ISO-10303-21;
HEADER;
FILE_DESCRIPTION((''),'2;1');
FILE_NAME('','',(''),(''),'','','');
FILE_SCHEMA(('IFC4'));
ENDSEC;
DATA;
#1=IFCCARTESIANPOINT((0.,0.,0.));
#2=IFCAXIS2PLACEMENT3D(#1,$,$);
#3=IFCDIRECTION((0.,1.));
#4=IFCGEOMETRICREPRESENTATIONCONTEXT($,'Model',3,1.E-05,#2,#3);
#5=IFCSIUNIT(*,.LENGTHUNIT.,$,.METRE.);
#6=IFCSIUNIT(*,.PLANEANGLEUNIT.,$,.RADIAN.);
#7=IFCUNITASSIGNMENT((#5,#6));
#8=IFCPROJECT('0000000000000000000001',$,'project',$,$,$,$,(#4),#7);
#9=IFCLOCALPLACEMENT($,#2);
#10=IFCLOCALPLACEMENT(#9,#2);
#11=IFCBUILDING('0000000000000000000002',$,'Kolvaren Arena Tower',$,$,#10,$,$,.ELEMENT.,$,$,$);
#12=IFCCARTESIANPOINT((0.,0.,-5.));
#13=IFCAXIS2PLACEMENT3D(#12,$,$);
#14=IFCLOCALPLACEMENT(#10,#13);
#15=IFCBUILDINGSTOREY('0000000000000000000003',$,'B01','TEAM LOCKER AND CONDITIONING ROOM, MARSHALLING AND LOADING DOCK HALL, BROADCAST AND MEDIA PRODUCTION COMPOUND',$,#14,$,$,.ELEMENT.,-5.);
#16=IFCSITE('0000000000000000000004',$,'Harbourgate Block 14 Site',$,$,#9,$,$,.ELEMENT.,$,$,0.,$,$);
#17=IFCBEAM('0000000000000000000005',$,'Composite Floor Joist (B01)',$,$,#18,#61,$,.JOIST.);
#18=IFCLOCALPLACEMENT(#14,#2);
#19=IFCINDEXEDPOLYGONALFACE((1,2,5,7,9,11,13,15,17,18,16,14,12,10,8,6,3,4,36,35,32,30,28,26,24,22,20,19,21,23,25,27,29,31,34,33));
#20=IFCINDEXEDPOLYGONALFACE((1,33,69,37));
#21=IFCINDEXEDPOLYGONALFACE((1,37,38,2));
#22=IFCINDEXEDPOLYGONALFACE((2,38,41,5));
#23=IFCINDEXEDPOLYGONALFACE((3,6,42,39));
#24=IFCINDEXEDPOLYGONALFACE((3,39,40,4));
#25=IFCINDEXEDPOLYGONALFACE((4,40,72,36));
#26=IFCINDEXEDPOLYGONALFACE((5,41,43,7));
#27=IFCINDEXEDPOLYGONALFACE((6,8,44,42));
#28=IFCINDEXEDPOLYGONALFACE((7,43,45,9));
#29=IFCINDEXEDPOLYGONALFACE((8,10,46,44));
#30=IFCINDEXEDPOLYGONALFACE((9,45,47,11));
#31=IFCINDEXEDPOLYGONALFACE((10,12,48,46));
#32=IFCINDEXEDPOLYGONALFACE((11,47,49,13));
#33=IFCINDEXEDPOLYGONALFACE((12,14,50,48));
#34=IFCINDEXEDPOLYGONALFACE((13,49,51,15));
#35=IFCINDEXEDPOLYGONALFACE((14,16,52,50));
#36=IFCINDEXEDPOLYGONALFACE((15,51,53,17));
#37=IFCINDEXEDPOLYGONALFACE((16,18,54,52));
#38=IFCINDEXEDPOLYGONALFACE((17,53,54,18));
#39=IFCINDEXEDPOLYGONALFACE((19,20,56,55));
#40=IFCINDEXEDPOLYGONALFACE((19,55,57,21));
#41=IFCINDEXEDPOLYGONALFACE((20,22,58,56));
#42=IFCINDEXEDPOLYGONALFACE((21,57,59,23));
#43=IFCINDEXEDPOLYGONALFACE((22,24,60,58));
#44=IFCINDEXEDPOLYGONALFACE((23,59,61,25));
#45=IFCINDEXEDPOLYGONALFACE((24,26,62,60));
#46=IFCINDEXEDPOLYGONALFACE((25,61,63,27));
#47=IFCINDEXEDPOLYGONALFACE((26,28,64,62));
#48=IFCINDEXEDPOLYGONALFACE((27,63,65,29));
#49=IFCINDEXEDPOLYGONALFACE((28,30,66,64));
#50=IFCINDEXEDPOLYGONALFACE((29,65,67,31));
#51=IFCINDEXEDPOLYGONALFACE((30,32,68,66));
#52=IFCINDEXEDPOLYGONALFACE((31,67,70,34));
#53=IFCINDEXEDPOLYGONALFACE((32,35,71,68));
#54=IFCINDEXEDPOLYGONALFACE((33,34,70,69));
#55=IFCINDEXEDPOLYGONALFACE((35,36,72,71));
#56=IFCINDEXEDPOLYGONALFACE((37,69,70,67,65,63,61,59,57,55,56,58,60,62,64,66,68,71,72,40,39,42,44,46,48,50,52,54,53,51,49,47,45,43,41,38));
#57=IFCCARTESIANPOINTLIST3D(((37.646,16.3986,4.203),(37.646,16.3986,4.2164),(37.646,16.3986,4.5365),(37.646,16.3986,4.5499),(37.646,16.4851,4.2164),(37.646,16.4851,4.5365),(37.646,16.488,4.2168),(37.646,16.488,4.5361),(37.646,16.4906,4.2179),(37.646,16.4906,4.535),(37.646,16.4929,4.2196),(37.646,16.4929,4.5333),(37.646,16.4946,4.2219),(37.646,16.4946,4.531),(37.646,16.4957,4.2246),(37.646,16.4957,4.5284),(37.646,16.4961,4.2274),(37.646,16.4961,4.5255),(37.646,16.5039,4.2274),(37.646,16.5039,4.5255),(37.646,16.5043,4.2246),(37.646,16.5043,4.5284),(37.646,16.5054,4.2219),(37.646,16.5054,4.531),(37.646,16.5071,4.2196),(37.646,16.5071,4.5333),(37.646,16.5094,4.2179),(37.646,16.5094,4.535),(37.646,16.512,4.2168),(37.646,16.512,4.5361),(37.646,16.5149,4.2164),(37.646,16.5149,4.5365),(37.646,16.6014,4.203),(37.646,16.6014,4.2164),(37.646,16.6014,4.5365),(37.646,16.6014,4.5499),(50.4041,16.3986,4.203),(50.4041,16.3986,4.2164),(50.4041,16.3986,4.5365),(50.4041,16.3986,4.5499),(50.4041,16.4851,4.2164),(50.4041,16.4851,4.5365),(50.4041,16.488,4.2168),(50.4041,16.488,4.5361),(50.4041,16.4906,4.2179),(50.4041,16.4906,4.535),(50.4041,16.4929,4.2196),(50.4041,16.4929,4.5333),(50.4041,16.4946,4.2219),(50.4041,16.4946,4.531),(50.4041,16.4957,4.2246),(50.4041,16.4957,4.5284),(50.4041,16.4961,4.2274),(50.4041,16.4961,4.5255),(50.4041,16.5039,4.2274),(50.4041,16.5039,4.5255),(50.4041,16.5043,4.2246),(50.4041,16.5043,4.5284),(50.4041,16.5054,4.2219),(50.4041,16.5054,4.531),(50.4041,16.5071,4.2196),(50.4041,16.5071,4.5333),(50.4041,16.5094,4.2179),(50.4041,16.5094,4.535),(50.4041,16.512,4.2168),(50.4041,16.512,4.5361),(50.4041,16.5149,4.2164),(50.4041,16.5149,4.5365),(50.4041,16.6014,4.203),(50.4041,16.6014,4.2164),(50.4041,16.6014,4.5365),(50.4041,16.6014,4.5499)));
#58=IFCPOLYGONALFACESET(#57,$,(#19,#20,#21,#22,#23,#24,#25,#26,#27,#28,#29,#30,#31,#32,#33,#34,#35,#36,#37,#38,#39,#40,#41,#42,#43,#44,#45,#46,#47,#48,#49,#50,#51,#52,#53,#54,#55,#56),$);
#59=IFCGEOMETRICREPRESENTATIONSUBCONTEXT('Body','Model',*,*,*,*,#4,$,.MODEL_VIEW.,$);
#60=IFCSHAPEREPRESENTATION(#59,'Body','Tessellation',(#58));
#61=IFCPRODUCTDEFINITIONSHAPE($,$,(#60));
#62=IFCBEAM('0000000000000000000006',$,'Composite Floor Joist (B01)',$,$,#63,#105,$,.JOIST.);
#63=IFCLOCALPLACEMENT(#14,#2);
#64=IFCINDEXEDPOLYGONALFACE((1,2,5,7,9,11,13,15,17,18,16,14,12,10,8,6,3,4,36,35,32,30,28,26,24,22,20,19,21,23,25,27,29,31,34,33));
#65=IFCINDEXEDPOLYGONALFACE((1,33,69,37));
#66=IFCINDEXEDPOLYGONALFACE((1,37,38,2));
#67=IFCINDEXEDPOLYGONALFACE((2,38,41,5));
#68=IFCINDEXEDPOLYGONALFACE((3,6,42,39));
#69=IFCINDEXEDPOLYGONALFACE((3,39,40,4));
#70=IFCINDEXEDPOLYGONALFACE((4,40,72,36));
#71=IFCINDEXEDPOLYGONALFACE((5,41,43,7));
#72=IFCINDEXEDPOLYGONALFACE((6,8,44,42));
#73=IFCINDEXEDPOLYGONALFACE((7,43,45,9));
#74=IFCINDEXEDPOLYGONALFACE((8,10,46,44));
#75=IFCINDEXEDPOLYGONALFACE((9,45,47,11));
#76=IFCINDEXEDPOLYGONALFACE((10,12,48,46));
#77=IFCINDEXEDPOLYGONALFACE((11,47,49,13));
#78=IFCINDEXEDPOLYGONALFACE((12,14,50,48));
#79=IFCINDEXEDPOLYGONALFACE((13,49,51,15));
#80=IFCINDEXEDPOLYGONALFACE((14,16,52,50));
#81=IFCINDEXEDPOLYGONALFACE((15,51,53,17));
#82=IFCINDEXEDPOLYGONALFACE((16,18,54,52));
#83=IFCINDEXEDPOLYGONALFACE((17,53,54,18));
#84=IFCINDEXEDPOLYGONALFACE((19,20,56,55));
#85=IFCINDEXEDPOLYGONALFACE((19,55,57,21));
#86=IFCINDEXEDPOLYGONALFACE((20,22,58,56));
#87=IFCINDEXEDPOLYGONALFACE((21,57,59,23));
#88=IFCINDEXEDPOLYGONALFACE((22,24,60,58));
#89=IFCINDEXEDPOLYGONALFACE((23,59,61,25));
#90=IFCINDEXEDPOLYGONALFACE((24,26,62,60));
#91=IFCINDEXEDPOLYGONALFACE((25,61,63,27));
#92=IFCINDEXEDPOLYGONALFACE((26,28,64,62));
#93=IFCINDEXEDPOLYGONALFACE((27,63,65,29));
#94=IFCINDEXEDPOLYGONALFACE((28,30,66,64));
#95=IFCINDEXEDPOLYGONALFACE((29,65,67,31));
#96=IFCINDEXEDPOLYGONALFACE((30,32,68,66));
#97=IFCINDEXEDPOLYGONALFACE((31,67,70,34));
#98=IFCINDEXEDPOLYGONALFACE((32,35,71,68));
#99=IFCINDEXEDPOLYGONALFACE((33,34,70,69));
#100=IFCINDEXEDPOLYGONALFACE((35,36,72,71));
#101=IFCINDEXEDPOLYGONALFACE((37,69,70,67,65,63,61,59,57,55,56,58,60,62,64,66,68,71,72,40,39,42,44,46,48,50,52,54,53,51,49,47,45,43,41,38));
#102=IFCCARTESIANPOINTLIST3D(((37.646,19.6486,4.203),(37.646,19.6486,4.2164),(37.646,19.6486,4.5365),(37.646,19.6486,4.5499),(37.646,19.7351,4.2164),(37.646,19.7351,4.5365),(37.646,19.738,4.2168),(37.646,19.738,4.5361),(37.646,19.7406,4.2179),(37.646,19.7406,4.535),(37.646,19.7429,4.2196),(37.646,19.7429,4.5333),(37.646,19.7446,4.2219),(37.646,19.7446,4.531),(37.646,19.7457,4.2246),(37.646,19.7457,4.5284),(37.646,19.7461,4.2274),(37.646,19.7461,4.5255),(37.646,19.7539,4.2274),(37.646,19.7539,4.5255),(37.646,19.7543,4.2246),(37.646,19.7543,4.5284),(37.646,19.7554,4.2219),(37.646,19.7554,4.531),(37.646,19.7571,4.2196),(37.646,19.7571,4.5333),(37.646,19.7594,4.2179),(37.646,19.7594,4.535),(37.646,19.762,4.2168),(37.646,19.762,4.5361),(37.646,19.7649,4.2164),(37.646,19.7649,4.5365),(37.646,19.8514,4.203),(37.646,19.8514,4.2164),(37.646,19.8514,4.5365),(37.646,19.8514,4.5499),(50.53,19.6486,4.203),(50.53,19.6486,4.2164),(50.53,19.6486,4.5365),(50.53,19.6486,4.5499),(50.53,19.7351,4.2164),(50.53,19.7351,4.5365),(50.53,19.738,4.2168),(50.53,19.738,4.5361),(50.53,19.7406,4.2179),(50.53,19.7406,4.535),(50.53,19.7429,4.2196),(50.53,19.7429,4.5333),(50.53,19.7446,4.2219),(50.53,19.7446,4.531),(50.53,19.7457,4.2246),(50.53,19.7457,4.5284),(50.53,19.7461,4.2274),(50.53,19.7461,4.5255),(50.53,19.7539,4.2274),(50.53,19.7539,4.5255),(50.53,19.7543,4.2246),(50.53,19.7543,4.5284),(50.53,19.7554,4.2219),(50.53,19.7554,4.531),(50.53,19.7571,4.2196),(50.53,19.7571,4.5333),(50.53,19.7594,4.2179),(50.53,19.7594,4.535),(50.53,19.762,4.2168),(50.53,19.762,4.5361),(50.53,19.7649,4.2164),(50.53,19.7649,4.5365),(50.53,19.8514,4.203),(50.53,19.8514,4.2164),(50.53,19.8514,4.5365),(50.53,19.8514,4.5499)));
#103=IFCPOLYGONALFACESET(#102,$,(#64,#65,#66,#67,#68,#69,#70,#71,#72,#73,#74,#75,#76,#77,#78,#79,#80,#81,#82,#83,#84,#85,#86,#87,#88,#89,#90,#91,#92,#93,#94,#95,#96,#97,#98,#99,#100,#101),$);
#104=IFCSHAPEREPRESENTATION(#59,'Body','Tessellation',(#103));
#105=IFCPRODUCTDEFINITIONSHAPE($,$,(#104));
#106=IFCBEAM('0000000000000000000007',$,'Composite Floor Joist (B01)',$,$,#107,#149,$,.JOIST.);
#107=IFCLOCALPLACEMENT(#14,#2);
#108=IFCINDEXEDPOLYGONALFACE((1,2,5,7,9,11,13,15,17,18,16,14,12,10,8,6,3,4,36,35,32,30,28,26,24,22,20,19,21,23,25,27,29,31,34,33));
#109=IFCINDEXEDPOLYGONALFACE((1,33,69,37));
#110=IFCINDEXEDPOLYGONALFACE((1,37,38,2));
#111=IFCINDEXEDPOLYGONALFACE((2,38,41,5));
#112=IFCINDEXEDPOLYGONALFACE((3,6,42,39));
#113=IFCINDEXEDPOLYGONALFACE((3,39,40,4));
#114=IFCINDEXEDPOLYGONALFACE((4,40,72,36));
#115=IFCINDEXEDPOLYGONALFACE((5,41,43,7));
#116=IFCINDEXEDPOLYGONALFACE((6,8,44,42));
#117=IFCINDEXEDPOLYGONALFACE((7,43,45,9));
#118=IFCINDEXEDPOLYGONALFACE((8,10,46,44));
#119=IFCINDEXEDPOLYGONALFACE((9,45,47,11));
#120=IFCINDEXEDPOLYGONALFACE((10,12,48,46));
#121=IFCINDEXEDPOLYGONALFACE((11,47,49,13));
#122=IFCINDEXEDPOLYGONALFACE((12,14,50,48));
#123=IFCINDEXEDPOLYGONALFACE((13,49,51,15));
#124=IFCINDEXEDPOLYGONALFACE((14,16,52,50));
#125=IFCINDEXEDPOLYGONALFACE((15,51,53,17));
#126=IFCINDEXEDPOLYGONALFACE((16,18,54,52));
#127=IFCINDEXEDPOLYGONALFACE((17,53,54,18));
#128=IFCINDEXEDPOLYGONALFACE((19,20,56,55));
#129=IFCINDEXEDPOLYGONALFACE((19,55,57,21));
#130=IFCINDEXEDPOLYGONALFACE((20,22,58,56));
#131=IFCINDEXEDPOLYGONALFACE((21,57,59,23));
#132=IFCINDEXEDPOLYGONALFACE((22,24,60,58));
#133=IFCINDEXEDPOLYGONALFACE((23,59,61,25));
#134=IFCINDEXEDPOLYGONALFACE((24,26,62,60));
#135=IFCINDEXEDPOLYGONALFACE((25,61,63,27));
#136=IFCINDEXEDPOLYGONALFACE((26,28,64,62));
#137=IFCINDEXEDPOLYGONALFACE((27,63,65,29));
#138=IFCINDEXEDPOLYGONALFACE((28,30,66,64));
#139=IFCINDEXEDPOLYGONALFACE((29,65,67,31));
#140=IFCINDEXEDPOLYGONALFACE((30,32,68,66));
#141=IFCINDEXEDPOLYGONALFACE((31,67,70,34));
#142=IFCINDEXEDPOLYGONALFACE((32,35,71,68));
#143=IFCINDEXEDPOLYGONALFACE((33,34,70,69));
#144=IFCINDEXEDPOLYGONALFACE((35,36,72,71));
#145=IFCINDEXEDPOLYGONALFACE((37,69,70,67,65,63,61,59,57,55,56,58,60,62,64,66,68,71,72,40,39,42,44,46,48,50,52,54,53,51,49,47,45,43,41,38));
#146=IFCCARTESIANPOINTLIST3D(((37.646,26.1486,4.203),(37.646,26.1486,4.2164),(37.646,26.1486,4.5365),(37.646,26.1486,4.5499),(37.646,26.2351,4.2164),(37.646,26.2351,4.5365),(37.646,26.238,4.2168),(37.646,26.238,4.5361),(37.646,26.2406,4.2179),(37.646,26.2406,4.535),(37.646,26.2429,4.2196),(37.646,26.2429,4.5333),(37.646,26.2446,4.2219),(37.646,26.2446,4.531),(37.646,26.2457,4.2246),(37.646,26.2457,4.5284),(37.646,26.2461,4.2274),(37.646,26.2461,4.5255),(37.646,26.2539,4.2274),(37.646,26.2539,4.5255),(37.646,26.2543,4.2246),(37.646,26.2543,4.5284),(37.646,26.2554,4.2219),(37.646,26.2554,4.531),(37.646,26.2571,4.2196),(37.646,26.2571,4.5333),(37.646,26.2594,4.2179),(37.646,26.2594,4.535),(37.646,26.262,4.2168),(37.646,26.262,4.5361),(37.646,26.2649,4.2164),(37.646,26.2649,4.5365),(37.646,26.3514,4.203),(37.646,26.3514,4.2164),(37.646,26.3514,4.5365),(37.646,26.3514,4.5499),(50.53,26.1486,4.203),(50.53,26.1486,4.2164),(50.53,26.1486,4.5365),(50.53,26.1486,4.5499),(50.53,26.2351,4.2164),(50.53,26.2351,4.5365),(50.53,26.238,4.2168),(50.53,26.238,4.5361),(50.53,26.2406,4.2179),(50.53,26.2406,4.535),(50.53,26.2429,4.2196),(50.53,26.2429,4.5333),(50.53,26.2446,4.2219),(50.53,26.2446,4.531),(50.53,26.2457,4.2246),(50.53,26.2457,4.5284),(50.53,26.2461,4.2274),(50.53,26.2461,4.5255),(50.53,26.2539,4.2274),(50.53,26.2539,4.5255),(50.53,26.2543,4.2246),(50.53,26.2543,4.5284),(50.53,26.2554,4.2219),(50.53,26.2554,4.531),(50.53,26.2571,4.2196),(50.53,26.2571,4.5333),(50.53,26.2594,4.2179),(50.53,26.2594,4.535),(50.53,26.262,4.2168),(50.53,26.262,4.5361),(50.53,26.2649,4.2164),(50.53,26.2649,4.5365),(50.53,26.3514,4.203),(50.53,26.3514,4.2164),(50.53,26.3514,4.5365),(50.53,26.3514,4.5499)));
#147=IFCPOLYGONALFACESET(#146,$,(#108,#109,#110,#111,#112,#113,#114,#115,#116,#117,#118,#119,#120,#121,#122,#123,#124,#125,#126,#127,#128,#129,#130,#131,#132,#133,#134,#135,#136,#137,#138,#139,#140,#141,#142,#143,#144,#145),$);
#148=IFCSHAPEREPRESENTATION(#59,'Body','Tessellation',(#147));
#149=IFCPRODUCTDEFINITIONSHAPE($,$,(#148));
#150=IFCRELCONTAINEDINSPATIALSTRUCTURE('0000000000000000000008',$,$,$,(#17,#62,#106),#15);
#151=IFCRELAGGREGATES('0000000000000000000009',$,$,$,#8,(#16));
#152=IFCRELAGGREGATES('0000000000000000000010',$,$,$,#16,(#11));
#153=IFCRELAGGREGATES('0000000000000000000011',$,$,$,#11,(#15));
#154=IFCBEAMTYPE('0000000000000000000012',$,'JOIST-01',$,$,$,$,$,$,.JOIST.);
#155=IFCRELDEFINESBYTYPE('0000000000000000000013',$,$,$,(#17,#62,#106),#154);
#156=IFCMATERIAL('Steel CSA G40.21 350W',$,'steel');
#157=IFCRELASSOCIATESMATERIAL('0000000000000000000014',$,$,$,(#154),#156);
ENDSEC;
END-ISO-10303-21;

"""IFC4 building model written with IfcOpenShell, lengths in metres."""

from ifc_helpers import new_model, si_unit, direction, frame, origin, origin_2d, place, context, subcontext, project, spatial, i_section, extrude, material, material_profile, profile_set, type_object, element, save


model = new_model("IFC4")

# Units and contexts
model_context = context("Model", 3, precision=1e-05, world=origin(), true_north=direction((0.0, 1.0)))
body_context = subcontext(model_context, "Body", "Model", "MODEL_VIEW")
ifc_project = project(units=[si_unit("LENGTHUNIT", "METRE"), si_unit("PLANEANGLEUNIT", "RADIAN")], contexts=[model_context])

# Site, building, storey
site_placement = place(None, origin())
site = spatial("IfcSite", under=ifc_project, at=site_placement, Name="Harbourgate Block 14 Site", CompositionType="ELEMENT", RefElevation=0.0)
building_placement = place(site_placement, origin())
building = spatial("IfcBuilding", under=site, at=building_placement, Name="Kolvaren Arena Tower", CompositionType="ELEMENT")
storey_placement = place(building_placement, frame((0.0, 0.0, -5.0)))
storey = spatial("IfcBuildingStorey", under=building, at=storey_placement, Name="B01", Description="TEAM LOCKER AND CONDITIONING ROOM, MARSHALLING AND LOADING DOCK HALL, BROADCAST AND MEDIA PRODUCTION COMPOUND", CompositionType="ELEMENT", Elevation=-5.0)

# Beams
ifc_material_1 = material(Name="Steel CSA G40.21 350W", Category="steel")
ifc_material_profile_1 = material_profile(ifc_material_1, i_section(OverallWidth=0.2029, OverallDepth=0.3469, WebThickness=0.0078, FlangeThickness=0.0134, FilletRadius=0.011, at=origin_2d()), Name="W360x64")
ifc_profile_set_1 = profile_set([ifc_material_profile_1], Name="Steel CSA G40.21 350W")
beam_type_1 = type_object("IfcBeamType", Name="JOIST-01", PredefinedType="JOIST", material=ifc_profile_set_1)
for number, where, z_axis, x_axis, name in (
    (1, (37.646, 16.5, 4.3765), (1.0, 0.0, 0.0), (0.0, 1.0, 0.0), "Composite Floor Joist (B01)"),
):
    element("IfcBeam", number, at=place(storey_placement, frame(where, z_axis=z_axis, x_axis=x_axis)), inside=storey, type_object=beam_type_1, Name=name, PredefinedType="JOIST", context=body_context, shape_type="SweptSolid", body=[
        extrude(i_section(OverallWidth=0.2029, OverallDepth=0.3469, WebThickness=0.0078, FlangeThickness=0.0134, FilletRadius=0.011, at=origin_2d()), origin(), (0.0, 0.0, 1.0), 12.7581),
    ])
for number, where, z_axis, x_axis, name in (
    (2, (37.646, 19.75, 4.3765), (1.0, 0.0, 0.0), (0.0, 1.0, 0.0), "Composite Floor Joist (B01)"),
    (3, (37.646, 26.25, 4.3765), (1.0, 0.0, 0.0), (0.0, 1.0, 0.0), "Composite Floor Joist (B01)"),
):
    element("IfcBeam", number, at=place(storey_placement, frame(where, z_axis=z_axis, x_axis=x_axis)), inside=storey, type_object=beam_type_1, Name=name, PredefinedType="JOIST", context=body_context, shape_type="SweptSolid", body=[
        extrude(i_section(OverallWidth=0.2029, OverallDepth=0.3469, WebThickness=0.0078, FlangeThickness=0.0134, FilletRadius=0.011, at=origin_2d()), origin(), (0.0, 0.0, 1.0), 12.884),
    ])

save(model, "model.ifc")
